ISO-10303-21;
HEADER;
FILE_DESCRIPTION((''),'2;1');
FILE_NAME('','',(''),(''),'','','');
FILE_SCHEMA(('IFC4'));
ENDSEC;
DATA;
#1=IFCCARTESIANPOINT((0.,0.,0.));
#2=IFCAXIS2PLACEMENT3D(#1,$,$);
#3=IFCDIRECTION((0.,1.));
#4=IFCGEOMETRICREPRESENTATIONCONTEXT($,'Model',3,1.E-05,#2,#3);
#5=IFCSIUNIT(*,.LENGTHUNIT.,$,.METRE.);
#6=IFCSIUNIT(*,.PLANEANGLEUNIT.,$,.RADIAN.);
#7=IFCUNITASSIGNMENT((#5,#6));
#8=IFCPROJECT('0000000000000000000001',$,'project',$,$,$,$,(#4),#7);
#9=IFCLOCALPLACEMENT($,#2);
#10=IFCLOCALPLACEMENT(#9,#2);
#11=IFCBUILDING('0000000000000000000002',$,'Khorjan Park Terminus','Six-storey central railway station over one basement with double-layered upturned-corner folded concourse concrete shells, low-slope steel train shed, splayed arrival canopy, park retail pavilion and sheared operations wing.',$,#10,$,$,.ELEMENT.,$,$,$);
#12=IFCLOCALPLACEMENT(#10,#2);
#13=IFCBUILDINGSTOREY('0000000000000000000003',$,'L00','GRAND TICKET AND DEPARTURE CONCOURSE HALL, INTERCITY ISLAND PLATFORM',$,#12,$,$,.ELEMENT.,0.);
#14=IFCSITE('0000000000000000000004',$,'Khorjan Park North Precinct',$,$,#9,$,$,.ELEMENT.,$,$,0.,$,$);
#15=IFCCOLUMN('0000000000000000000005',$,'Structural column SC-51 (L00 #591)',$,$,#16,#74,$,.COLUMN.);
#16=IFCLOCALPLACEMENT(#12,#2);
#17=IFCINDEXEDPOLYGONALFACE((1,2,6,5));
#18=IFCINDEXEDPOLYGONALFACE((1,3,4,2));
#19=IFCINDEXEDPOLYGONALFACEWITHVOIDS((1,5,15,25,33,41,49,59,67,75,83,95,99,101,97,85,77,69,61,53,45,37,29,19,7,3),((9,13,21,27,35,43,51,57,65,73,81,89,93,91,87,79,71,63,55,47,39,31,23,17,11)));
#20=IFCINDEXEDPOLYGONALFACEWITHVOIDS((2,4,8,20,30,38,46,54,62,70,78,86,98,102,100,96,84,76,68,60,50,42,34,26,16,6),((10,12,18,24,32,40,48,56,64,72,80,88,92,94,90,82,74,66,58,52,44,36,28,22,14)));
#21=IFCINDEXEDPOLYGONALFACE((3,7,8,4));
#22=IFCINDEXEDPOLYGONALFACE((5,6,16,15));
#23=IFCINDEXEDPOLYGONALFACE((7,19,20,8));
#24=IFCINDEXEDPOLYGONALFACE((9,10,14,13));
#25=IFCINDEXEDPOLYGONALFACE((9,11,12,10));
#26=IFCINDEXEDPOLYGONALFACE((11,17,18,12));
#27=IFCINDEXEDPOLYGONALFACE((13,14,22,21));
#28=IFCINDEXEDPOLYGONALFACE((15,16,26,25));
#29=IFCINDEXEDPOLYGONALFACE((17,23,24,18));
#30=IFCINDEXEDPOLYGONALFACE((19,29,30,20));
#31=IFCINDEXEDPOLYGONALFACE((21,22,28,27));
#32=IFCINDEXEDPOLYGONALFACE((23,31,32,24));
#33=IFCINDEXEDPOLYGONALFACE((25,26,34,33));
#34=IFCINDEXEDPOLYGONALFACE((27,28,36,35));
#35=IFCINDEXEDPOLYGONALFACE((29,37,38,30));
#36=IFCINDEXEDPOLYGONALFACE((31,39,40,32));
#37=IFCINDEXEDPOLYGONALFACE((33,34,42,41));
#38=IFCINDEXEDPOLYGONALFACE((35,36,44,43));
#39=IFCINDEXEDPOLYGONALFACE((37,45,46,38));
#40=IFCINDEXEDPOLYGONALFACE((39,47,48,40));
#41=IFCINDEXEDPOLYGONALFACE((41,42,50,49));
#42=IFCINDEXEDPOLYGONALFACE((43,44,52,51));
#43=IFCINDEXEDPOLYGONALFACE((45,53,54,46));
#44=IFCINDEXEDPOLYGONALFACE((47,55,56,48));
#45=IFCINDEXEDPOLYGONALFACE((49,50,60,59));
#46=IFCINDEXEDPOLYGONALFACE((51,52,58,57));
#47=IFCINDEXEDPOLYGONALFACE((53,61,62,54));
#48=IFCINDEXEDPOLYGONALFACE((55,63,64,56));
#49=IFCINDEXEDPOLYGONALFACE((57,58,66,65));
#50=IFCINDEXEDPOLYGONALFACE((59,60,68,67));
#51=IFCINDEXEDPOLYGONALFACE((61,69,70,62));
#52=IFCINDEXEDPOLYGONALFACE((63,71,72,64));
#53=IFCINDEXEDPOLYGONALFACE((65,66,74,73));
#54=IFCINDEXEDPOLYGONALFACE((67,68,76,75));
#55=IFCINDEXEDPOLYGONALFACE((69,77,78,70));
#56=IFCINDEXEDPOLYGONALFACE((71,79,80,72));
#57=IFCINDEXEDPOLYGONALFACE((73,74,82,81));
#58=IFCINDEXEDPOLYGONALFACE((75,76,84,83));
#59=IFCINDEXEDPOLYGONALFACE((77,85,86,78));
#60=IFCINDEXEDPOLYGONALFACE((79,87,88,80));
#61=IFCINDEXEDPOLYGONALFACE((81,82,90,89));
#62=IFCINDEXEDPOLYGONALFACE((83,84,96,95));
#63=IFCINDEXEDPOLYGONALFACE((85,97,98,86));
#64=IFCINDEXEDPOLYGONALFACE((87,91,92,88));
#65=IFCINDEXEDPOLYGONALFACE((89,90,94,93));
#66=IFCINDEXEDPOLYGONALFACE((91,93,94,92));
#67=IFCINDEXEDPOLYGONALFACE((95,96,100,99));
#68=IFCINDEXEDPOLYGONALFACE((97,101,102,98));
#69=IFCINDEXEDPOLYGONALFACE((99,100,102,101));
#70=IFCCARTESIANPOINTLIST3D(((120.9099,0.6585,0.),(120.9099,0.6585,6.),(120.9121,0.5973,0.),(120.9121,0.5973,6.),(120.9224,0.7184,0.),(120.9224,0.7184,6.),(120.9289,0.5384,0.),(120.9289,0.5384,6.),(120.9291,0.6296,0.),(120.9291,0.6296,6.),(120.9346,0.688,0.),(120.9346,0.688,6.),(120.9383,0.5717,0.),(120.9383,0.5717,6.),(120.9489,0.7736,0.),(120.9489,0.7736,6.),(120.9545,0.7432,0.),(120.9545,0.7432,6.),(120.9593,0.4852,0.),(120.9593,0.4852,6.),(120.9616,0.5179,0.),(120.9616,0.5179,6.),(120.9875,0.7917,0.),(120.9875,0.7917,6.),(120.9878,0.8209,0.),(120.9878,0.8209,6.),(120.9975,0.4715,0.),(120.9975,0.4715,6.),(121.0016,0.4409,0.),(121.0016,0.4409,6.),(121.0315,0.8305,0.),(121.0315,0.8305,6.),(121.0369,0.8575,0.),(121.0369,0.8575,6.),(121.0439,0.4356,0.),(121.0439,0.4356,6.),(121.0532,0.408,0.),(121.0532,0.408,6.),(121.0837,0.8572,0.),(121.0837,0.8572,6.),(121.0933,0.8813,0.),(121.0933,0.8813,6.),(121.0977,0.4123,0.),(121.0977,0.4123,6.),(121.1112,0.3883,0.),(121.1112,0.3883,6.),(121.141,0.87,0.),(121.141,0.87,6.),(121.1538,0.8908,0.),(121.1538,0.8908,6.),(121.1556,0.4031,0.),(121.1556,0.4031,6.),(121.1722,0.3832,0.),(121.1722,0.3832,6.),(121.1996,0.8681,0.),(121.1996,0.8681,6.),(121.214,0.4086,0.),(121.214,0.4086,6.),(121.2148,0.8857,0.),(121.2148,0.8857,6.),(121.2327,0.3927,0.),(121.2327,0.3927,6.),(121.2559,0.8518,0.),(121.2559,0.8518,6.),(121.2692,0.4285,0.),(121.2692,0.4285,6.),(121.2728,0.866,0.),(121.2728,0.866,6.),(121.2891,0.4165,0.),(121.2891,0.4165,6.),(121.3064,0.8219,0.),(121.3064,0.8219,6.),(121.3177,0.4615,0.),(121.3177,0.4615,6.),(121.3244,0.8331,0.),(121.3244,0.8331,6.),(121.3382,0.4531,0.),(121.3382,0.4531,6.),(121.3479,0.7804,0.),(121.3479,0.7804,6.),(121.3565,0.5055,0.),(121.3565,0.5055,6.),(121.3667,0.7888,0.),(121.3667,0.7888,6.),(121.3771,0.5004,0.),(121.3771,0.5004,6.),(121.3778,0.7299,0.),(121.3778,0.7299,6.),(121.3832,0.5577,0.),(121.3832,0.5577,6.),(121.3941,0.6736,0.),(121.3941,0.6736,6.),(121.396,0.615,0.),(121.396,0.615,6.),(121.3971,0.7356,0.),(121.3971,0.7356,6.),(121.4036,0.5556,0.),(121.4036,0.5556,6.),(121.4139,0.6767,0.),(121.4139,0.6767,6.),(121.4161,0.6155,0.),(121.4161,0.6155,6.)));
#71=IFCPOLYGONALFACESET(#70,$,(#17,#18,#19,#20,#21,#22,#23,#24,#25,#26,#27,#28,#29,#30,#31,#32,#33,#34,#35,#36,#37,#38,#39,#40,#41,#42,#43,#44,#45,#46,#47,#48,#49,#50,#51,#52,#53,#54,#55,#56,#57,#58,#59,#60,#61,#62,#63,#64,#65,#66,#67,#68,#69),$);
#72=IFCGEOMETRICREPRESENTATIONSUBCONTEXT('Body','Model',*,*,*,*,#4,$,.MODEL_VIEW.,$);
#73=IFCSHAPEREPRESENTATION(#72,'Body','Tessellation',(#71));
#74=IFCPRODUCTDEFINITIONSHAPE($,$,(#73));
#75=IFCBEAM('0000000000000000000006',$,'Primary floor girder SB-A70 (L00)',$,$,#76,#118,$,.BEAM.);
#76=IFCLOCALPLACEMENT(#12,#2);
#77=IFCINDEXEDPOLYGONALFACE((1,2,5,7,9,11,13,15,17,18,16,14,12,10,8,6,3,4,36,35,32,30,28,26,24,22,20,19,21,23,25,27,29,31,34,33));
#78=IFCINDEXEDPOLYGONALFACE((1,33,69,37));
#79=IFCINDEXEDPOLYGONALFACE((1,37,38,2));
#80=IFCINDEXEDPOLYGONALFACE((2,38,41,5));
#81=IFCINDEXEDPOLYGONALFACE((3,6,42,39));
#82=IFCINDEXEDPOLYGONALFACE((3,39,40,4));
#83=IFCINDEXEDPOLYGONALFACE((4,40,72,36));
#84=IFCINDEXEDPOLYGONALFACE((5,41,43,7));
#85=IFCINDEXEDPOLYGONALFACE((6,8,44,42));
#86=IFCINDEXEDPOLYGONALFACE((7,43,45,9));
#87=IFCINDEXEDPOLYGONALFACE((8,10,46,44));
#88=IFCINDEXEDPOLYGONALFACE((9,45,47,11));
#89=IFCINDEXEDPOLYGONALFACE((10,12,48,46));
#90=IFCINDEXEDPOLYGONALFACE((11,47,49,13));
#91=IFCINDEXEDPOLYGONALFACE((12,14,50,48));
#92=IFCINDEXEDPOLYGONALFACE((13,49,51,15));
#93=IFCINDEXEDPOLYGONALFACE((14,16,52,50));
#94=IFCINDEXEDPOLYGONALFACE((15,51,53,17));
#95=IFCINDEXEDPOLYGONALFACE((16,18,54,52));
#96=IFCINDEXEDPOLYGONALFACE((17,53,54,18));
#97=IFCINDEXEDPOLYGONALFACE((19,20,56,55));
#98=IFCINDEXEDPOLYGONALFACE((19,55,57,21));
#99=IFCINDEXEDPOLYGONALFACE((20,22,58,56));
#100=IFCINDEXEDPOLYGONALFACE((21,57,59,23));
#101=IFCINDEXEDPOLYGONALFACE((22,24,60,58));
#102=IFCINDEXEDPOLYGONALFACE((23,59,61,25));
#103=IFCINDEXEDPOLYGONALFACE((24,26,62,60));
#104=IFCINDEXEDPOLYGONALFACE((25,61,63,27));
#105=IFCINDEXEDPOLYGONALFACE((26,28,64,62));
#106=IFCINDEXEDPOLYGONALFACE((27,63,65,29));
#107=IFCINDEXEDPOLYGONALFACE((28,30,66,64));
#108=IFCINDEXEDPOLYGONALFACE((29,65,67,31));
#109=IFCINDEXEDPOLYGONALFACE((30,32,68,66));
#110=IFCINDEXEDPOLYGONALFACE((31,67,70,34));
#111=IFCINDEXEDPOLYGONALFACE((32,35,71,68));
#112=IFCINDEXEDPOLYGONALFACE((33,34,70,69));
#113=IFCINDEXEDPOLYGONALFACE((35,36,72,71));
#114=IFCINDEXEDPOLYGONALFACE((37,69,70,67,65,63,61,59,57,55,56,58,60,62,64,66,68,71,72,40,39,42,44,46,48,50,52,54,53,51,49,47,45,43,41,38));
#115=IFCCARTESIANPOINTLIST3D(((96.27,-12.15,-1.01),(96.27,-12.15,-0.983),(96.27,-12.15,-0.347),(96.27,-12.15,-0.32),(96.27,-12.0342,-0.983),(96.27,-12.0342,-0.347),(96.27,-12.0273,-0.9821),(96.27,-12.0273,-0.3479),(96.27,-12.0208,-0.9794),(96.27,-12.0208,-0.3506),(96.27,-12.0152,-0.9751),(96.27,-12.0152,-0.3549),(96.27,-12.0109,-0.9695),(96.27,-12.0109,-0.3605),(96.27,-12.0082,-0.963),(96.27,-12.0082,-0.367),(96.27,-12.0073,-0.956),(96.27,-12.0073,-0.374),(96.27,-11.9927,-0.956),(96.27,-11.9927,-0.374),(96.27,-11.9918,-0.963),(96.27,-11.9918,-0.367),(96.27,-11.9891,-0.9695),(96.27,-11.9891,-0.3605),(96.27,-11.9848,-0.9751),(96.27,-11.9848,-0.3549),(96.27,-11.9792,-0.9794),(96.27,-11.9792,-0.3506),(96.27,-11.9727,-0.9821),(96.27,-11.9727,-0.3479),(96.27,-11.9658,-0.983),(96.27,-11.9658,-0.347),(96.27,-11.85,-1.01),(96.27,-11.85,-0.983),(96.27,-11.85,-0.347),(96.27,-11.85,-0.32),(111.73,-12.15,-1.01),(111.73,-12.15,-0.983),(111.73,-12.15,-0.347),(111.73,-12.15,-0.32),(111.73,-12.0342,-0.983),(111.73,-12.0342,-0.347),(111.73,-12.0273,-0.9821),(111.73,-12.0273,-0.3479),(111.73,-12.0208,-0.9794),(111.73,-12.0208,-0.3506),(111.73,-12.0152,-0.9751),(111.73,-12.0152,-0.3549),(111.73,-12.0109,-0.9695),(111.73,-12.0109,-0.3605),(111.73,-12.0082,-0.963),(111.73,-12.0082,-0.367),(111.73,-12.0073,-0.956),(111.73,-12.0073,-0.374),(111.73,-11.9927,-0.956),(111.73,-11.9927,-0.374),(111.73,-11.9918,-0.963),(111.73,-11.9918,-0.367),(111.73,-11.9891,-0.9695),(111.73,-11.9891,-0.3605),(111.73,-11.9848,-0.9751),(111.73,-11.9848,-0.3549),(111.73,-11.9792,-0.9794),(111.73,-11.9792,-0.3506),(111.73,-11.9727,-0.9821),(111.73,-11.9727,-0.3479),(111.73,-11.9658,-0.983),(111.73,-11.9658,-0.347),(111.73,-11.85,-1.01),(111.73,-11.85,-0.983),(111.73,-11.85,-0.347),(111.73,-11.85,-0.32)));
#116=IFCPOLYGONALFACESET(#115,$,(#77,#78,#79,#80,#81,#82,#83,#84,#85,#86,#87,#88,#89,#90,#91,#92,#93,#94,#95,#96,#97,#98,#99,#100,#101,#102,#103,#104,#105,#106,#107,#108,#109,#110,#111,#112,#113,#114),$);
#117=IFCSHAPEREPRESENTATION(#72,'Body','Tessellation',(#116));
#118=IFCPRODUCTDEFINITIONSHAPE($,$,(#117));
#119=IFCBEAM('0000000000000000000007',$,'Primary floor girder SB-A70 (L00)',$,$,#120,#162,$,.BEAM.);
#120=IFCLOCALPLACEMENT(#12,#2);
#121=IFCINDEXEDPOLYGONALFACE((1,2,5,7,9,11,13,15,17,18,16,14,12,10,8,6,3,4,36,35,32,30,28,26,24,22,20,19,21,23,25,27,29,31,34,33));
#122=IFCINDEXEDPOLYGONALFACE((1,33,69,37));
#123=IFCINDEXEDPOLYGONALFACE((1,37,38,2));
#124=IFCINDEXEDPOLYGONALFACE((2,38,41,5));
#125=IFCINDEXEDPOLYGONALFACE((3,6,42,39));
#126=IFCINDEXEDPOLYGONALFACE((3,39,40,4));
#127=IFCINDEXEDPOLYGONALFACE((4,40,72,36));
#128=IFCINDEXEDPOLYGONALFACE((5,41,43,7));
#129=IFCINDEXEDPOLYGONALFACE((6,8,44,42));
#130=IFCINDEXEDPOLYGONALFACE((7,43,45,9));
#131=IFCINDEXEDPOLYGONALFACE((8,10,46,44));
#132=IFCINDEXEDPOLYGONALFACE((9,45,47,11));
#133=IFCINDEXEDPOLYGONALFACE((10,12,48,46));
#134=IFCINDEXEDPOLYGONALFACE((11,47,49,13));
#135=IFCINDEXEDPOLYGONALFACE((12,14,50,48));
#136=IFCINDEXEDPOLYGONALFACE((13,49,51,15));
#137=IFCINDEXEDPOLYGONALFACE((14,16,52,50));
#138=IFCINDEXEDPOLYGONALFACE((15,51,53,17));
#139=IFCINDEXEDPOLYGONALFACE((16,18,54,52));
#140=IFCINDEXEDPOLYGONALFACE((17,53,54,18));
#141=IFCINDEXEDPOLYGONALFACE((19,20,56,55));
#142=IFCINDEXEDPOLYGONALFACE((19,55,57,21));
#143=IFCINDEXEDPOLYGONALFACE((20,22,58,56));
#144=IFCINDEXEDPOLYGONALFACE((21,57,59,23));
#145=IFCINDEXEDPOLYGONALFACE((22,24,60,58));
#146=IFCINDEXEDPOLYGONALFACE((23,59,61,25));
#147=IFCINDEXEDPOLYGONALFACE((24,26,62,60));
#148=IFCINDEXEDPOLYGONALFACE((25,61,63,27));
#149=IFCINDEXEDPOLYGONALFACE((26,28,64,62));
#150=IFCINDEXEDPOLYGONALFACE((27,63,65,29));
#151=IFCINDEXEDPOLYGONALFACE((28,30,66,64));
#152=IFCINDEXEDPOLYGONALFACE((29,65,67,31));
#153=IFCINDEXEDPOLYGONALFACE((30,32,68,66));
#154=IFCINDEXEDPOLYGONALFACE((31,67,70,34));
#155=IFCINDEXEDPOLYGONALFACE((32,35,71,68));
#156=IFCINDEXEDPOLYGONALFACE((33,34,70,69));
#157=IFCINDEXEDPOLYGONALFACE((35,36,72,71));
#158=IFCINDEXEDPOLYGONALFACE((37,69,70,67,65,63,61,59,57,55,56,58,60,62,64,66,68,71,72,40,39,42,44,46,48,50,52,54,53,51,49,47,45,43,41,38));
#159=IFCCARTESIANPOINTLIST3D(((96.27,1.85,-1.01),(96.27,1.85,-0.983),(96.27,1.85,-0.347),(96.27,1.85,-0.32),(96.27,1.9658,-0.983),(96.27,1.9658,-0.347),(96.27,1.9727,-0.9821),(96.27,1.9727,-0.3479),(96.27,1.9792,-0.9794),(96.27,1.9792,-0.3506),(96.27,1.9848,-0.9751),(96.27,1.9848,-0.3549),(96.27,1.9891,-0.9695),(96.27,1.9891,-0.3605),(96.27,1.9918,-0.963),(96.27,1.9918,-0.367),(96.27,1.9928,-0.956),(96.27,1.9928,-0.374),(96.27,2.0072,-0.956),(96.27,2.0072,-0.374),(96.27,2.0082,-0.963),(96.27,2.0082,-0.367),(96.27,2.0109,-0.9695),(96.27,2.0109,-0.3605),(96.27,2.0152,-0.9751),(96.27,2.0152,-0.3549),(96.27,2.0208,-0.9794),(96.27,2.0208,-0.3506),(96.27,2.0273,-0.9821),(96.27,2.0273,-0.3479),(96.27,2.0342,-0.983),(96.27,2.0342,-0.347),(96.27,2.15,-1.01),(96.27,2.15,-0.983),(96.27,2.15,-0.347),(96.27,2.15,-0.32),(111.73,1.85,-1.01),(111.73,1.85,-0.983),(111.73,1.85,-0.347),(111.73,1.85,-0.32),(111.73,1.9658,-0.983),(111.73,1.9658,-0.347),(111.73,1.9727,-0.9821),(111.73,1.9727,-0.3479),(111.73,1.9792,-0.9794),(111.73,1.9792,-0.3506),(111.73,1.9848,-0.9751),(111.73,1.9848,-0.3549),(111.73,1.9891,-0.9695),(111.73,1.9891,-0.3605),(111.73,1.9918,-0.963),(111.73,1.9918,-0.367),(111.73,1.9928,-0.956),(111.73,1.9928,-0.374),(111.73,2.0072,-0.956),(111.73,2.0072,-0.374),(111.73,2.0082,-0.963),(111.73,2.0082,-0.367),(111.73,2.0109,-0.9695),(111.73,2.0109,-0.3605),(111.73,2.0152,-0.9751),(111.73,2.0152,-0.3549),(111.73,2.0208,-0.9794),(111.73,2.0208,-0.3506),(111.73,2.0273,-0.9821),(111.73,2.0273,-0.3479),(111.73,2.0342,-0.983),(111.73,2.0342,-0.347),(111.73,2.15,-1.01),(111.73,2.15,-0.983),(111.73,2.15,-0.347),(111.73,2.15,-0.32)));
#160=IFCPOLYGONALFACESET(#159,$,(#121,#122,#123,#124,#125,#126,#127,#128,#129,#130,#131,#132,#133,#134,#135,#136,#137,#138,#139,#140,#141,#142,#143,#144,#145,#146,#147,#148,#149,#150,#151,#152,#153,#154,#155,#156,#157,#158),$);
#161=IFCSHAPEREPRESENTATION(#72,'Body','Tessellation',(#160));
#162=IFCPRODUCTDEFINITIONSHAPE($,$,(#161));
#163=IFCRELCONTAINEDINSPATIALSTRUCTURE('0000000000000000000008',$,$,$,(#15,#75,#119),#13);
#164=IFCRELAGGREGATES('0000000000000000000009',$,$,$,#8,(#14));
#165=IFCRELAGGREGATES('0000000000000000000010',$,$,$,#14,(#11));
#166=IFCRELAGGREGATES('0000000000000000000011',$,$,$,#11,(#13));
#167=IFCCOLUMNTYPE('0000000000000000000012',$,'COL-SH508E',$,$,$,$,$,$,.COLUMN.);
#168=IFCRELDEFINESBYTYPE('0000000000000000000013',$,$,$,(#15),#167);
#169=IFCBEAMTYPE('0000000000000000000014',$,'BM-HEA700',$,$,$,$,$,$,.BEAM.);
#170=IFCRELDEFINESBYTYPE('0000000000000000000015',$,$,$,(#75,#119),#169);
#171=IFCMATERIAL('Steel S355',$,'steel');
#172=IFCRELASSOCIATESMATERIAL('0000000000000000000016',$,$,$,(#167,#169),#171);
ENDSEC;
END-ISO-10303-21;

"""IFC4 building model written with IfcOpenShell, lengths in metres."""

from ifc_helpers import new_model, si_unit, direction, frame, origin, origin_2d, place, context, subcontext, project, spatial, hollow_circle, i_section, extrude, material, material_profile, profile_set, type_object, element, save


model = new_model("IFC4")

# Units and contexts
model_context = context("Model", 3, precision=1e-05, world=origin(), true_north=direction((0.0, 1.0)))
body_context = subcontext(model_context, "Body", "Model", "MODEL_VIEW")
ifc_project = project(units=[si_unit("LENGTHUNIT", "METRE"), si_unit("PLANEANGLEUNIT", "RADIAN")], contexts=[model_context])

# Site, building, storey
site_placement = place(None, origin())
site = spatial("IfcSite", under=ifc_project, at=site_placement, Name="Khorjan Park North Precinct", CompositionType="ELEMENT", RefElevation=0.0)
building_placement = place(site_placement, origin())
building = spatial("IfcBuilding", under=site, at=building_placement, Name="Khorjan Park Terminus", Description="Six-storey central railway station over one basement with double-layered upturned-corner folded concourse concrete shells, low-slope steel train shed, splayed arrival canopy, park retail pavilion and sheared operations wing.", CompositionType="ELEMENT")
storey_placement = place(building_placement, origin())
storey = spatial("IfcBuildingStorey", under=building, at=storey_placement, Name="L00", Description="GRAND TICKET AND DEPARTURE CONCOURSE HALL, INTERCITY ISLAND PLATFORM", CompositionType="ELEMENT", Elevation=0.0)

# Column
ifc_material_1 = material(Name="Steel S355", Category="steel")
ifc_material_profile_1 = material_profile(ifc_material_1, hollow_circle(Radius=0.254, WallThickness=0.02, at=origin_2d()), Name="CHS 508x20")
ifc_profile_set_1 = profile_set([ifc_material_profile_1], Name="Steel S355")
column_type_1 = type_object("IfcColumnType", Name="COL-SH508E", PredefinedType="COLUMN", material=ifc_profile_set_1)
for number, where, z_axis, x_axis, name in (
    (1, (121.163, 0.637, 0.0), (0.0, 0.0, 1.0), (0.987688, 0.156434, 0.0), "Structural column SC-51 (L00 #591)"),
):
    element("IfcColumn", number, at=place(storey_placement, frame(where, z_axis=z_axis, x_axis=x_axis)), inside=storey, type_object=column_type_1, Name=name, PredefinedType="COLUMN", context=body_context, shape_type="SweptSolid", body=[
        extrude(hollow_circle(Radius=0.254, WallThickness=0.02, at=origin_2d()), origin(), (0.0, 0.0, 1.0), 6.0),
    ])

# Beams
ifc_material_profile_2 = material_profile(ifc_material_1, i_section(OverallWidth=0.3, OverallDepth=0.69, WebThickness=0.0145, FlangeThickness=0.027, FilletRadius=0.027, at=origin_2d()), Name="HEA 700")
ifc_profile_set_2 = profile_set([ifc_material_profile_2], Name="Steel S355")
beam_type_1 = type_object("IfcBeamType", Name="BM-HEA700", PredefinedType="BEAM", material=ifc_profile_set_2)
for number, where, z_axis, x_axis, name in (
    (2, (96.27, -12.0, -0.665), (1.0, 0.0, 0.0), (0.0, 1.0, 0.0), "Primary floor girder SB-A70 (L00)"),
    (3, (96.27, 2.0, -0.665), (1.0, 0.0, 0.0), (0.0, 1.0, 0.0), "Primary floor girder SB-A70 (L00)"),
):
    element("IfcBeam", number, at=place(storey_placement, frame(where, z_axis=z_axis, x_axis=x_axis)), inside=storey, type_object=beam_type_1, Name=name, PredefinedType="BEAM", context=body_context, shape_type="SweptSolid", body=[
        extrude(i_section(OverallWidth=0.3, OverallDepth=0.69, WebThickness=0.0145, FlangeThickness=0.027, FilletRadius=0.027, at=origin_2d()), origin(), (0.0, 0.0, 1.0), 15.46),
    ])

save(model, "model.ifc")
